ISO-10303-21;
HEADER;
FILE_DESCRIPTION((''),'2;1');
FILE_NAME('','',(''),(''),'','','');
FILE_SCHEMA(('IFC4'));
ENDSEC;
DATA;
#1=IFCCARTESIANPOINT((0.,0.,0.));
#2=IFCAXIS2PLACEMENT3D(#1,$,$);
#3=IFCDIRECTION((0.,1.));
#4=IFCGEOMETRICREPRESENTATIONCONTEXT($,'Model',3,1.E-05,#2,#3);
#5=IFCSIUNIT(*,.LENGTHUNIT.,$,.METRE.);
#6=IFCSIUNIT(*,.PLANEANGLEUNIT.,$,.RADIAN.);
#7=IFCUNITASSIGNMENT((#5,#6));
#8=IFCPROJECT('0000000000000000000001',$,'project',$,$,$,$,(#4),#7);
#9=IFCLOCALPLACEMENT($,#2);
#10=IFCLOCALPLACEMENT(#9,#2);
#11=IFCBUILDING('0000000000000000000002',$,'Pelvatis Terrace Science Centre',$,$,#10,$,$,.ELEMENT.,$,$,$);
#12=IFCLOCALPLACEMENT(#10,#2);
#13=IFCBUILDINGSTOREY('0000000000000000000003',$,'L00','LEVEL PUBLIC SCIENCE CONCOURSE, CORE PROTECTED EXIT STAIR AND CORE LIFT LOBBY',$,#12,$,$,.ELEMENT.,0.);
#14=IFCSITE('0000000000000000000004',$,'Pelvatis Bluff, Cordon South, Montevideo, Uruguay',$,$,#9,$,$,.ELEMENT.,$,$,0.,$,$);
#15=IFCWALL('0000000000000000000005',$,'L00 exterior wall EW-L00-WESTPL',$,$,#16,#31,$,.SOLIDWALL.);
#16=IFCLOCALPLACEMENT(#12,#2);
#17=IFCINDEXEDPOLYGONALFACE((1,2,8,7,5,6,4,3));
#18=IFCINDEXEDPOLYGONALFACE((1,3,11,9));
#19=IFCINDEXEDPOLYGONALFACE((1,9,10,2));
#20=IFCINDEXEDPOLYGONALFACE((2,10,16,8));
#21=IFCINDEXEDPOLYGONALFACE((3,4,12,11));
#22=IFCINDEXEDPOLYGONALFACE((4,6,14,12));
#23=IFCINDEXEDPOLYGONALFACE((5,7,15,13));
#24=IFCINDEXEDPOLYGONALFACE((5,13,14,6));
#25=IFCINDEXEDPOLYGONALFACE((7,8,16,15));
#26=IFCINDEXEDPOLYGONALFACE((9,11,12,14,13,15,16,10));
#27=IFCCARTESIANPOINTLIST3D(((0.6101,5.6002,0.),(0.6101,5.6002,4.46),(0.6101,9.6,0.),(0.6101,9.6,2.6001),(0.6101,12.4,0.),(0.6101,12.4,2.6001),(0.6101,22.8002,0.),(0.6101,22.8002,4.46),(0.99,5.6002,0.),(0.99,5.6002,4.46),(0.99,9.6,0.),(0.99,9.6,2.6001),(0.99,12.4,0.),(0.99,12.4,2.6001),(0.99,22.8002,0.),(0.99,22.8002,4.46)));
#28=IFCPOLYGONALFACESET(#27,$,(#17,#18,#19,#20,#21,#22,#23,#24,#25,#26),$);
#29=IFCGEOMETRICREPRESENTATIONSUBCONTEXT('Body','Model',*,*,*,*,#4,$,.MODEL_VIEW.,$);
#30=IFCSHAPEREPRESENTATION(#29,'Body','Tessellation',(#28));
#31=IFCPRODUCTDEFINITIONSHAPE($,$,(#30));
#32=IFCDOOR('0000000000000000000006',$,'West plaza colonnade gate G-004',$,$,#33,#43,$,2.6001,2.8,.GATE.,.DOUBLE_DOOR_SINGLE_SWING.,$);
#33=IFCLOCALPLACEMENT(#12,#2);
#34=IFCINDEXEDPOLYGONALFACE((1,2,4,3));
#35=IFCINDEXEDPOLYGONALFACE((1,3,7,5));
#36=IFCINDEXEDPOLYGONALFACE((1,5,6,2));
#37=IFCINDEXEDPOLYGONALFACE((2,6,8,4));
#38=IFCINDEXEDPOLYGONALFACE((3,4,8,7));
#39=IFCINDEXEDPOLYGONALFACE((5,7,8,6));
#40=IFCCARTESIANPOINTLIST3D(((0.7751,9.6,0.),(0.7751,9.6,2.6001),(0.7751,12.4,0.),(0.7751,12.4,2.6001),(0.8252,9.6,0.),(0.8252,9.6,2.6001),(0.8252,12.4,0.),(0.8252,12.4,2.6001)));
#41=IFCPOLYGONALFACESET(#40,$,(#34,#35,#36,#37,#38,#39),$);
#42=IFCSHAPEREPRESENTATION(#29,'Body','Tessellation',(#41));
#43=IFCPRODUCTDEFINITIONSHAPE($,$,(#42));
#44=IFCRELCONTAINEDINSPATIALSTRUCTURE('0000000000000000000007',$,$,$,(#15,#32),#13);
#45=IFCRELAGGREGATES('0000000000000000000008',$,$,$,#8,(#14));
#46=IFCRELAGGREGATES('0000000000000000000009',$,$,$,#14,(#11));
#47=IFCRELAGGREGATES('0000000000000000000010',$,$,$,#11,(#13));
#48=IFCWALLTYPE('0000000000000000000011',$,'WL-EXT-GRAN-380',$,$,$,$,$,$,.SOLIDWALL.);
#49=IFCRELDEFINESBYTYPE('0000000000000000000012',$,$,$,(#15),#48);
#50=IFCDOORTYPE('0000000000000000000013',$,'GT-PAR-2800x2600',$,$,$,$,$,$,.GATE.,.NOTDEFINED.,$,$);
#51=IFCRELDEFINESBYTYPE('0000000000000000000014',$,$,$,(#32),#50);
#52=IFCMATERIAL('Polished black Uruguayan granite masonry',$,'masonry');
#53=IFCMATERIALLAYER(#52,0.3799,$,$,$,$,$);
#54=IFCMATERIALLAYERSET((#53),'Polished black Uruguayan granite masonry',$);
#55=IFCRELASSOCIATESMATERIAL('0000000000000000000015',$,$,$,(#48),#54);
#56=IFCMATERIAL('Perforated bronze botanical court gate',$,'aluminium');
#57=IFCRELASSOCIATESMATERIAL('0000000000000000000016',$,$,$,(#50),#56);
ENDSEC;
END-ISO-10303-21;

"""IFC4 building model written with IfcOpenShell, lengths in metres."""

from ifc_helpers import new_model, si_unit, direction, frame, frame_2d, origin, place, context, subcontext, project, spatial, rectangle, extrude, material, layer, layer_set, type_object, element, fill, save


model = new_model("IFC4")

# Units and contexts
model_context = context("Model", 3, precision=1e-05, world=origin(), true_north=direction((0.0, 1.0)))
body_context = subcontext(model_context, "Body", "Model", "MODEL_VIEW")
ifc_project = project(units=[si_unit("LENGTHUNIT", "METRE"), si_unit("PLANEANGLEUNIT", "RADIAN")], contexts=[model_context])

# Site, building, storey
site_placement = place(None, origin())
site = spatial("IfcSite", under=ifc_project, at=site_placement, Name="Pelvatis Bluff, Cordon South, Montevideo, Uruguay", CompositionType="ELEMENT", RefElevation=0.0)
building_placement = place(site_placement, origin())
building = spatial("IfcBuilding", under=site, at=building_placement, Name="Pelvatis Terrace Science Centre", CompositionType="ELEMENT")
storey_placement = place(building_placement, origin())
storey = spatial("IfcBuildingStorey", under=building, at=storey_placement, Name="L00", Description="LEVEL PUBLIC SCIENCE CONCOURSE, CORE PROTECTED EXIT STAIR AND CORE LIFT LOBBY", CompositionType="ELEMENT", Elevation=0.0)

# Wall, opening, door
ifc_material_1 = material(Name="Polished black Uruguayan granite masonry", Category="masonry")
ifc_layer_1 = layer(ifc_material_1, 0.3799)
ifc_layer_set_1 = layer_set([ifc_layer_1], Name="Polished black Uruguayan granite masonry")
wall_type = type_object("IfcWallType", Name="WL-EXT-GRAN-380", PredefinedType="SOLIDWALL", material=ifc_layer_set_1)
wall_placement = place(storey_placement, frame((0.8, 5.6001, 0.0), z_axis=(0.0, 0.0, 1.0), x_axis=(0.0, 1.0, 0.0)))
wall = element("IfcWall", 1, at=wall_placement, inside=storey, type_object=wall_type, Name="L00 exterior wall EW-L00-WESTPL", PredefinedType="SOLIDWALL", context=body_context, shape_type="SweptSolid", body=[
    extrude(rectangle(XDim=17.2, YDim=0.3799, at=frame_2d((8.6001, 0.0))), origin(), (0.0, 0.0, 1.0), 4.46),
])
opening_placement = place(wall_placement, frame((4.0, 0.0, 0.0)))
opening = element("IfcOpeningElement", 2, at=opening_placement, cuts=wall, PredefinedType="OPENING", context=body_context, shape_type="SweptSolid", body=[
    extrude(rectangle(XDim=2.8, YDim=2.6001, at=frame_2d((1.3999, 1.3))), frame((0.0, 0.2, 0.0), z_axis=(0.0, -1.0, 0.0), x_axis=(1.0, 0.0, 0.0)), (0.0, 0.0, 1.0), 0.3999),
])
ifc_material_2 = material(Name="Perforated bronze botanical court gate", Category="aluminium")
door_type = type_object("IfcDoorType", Name="GT-PAR-2800x2600", OperationType="NOTDEFINED", PredefinedType="GATE", material=ifc_material_2)
door_placement = place(opening_placement, origin())
door = element("IfcDoor", 3, at=door_placement, inside=storey, type_object=door_type, Name="West plaza colonnade gate G-004", OperationType="DOUBLE_DOOR_SINGLE_SWING", OverallHeight=2.6001, OverallWidth=2.8, PredefinedType="GATE", context=body_context, shape_type="SweptSolid", body=[
    extrude(rectangle(XDim=2.8, YDim=2.6001, at=frame_2d((1.3999, 1.3))), frame((0.0, 0.0249, 0.0), z_axis=(0.0, -1.0, 0.0), x_axis=(1.0, 0.0, 0.0)), (0.0, 0.0, 1.0), 0.05),
])
fill(opening, door)

save(model, "model.ifc")
